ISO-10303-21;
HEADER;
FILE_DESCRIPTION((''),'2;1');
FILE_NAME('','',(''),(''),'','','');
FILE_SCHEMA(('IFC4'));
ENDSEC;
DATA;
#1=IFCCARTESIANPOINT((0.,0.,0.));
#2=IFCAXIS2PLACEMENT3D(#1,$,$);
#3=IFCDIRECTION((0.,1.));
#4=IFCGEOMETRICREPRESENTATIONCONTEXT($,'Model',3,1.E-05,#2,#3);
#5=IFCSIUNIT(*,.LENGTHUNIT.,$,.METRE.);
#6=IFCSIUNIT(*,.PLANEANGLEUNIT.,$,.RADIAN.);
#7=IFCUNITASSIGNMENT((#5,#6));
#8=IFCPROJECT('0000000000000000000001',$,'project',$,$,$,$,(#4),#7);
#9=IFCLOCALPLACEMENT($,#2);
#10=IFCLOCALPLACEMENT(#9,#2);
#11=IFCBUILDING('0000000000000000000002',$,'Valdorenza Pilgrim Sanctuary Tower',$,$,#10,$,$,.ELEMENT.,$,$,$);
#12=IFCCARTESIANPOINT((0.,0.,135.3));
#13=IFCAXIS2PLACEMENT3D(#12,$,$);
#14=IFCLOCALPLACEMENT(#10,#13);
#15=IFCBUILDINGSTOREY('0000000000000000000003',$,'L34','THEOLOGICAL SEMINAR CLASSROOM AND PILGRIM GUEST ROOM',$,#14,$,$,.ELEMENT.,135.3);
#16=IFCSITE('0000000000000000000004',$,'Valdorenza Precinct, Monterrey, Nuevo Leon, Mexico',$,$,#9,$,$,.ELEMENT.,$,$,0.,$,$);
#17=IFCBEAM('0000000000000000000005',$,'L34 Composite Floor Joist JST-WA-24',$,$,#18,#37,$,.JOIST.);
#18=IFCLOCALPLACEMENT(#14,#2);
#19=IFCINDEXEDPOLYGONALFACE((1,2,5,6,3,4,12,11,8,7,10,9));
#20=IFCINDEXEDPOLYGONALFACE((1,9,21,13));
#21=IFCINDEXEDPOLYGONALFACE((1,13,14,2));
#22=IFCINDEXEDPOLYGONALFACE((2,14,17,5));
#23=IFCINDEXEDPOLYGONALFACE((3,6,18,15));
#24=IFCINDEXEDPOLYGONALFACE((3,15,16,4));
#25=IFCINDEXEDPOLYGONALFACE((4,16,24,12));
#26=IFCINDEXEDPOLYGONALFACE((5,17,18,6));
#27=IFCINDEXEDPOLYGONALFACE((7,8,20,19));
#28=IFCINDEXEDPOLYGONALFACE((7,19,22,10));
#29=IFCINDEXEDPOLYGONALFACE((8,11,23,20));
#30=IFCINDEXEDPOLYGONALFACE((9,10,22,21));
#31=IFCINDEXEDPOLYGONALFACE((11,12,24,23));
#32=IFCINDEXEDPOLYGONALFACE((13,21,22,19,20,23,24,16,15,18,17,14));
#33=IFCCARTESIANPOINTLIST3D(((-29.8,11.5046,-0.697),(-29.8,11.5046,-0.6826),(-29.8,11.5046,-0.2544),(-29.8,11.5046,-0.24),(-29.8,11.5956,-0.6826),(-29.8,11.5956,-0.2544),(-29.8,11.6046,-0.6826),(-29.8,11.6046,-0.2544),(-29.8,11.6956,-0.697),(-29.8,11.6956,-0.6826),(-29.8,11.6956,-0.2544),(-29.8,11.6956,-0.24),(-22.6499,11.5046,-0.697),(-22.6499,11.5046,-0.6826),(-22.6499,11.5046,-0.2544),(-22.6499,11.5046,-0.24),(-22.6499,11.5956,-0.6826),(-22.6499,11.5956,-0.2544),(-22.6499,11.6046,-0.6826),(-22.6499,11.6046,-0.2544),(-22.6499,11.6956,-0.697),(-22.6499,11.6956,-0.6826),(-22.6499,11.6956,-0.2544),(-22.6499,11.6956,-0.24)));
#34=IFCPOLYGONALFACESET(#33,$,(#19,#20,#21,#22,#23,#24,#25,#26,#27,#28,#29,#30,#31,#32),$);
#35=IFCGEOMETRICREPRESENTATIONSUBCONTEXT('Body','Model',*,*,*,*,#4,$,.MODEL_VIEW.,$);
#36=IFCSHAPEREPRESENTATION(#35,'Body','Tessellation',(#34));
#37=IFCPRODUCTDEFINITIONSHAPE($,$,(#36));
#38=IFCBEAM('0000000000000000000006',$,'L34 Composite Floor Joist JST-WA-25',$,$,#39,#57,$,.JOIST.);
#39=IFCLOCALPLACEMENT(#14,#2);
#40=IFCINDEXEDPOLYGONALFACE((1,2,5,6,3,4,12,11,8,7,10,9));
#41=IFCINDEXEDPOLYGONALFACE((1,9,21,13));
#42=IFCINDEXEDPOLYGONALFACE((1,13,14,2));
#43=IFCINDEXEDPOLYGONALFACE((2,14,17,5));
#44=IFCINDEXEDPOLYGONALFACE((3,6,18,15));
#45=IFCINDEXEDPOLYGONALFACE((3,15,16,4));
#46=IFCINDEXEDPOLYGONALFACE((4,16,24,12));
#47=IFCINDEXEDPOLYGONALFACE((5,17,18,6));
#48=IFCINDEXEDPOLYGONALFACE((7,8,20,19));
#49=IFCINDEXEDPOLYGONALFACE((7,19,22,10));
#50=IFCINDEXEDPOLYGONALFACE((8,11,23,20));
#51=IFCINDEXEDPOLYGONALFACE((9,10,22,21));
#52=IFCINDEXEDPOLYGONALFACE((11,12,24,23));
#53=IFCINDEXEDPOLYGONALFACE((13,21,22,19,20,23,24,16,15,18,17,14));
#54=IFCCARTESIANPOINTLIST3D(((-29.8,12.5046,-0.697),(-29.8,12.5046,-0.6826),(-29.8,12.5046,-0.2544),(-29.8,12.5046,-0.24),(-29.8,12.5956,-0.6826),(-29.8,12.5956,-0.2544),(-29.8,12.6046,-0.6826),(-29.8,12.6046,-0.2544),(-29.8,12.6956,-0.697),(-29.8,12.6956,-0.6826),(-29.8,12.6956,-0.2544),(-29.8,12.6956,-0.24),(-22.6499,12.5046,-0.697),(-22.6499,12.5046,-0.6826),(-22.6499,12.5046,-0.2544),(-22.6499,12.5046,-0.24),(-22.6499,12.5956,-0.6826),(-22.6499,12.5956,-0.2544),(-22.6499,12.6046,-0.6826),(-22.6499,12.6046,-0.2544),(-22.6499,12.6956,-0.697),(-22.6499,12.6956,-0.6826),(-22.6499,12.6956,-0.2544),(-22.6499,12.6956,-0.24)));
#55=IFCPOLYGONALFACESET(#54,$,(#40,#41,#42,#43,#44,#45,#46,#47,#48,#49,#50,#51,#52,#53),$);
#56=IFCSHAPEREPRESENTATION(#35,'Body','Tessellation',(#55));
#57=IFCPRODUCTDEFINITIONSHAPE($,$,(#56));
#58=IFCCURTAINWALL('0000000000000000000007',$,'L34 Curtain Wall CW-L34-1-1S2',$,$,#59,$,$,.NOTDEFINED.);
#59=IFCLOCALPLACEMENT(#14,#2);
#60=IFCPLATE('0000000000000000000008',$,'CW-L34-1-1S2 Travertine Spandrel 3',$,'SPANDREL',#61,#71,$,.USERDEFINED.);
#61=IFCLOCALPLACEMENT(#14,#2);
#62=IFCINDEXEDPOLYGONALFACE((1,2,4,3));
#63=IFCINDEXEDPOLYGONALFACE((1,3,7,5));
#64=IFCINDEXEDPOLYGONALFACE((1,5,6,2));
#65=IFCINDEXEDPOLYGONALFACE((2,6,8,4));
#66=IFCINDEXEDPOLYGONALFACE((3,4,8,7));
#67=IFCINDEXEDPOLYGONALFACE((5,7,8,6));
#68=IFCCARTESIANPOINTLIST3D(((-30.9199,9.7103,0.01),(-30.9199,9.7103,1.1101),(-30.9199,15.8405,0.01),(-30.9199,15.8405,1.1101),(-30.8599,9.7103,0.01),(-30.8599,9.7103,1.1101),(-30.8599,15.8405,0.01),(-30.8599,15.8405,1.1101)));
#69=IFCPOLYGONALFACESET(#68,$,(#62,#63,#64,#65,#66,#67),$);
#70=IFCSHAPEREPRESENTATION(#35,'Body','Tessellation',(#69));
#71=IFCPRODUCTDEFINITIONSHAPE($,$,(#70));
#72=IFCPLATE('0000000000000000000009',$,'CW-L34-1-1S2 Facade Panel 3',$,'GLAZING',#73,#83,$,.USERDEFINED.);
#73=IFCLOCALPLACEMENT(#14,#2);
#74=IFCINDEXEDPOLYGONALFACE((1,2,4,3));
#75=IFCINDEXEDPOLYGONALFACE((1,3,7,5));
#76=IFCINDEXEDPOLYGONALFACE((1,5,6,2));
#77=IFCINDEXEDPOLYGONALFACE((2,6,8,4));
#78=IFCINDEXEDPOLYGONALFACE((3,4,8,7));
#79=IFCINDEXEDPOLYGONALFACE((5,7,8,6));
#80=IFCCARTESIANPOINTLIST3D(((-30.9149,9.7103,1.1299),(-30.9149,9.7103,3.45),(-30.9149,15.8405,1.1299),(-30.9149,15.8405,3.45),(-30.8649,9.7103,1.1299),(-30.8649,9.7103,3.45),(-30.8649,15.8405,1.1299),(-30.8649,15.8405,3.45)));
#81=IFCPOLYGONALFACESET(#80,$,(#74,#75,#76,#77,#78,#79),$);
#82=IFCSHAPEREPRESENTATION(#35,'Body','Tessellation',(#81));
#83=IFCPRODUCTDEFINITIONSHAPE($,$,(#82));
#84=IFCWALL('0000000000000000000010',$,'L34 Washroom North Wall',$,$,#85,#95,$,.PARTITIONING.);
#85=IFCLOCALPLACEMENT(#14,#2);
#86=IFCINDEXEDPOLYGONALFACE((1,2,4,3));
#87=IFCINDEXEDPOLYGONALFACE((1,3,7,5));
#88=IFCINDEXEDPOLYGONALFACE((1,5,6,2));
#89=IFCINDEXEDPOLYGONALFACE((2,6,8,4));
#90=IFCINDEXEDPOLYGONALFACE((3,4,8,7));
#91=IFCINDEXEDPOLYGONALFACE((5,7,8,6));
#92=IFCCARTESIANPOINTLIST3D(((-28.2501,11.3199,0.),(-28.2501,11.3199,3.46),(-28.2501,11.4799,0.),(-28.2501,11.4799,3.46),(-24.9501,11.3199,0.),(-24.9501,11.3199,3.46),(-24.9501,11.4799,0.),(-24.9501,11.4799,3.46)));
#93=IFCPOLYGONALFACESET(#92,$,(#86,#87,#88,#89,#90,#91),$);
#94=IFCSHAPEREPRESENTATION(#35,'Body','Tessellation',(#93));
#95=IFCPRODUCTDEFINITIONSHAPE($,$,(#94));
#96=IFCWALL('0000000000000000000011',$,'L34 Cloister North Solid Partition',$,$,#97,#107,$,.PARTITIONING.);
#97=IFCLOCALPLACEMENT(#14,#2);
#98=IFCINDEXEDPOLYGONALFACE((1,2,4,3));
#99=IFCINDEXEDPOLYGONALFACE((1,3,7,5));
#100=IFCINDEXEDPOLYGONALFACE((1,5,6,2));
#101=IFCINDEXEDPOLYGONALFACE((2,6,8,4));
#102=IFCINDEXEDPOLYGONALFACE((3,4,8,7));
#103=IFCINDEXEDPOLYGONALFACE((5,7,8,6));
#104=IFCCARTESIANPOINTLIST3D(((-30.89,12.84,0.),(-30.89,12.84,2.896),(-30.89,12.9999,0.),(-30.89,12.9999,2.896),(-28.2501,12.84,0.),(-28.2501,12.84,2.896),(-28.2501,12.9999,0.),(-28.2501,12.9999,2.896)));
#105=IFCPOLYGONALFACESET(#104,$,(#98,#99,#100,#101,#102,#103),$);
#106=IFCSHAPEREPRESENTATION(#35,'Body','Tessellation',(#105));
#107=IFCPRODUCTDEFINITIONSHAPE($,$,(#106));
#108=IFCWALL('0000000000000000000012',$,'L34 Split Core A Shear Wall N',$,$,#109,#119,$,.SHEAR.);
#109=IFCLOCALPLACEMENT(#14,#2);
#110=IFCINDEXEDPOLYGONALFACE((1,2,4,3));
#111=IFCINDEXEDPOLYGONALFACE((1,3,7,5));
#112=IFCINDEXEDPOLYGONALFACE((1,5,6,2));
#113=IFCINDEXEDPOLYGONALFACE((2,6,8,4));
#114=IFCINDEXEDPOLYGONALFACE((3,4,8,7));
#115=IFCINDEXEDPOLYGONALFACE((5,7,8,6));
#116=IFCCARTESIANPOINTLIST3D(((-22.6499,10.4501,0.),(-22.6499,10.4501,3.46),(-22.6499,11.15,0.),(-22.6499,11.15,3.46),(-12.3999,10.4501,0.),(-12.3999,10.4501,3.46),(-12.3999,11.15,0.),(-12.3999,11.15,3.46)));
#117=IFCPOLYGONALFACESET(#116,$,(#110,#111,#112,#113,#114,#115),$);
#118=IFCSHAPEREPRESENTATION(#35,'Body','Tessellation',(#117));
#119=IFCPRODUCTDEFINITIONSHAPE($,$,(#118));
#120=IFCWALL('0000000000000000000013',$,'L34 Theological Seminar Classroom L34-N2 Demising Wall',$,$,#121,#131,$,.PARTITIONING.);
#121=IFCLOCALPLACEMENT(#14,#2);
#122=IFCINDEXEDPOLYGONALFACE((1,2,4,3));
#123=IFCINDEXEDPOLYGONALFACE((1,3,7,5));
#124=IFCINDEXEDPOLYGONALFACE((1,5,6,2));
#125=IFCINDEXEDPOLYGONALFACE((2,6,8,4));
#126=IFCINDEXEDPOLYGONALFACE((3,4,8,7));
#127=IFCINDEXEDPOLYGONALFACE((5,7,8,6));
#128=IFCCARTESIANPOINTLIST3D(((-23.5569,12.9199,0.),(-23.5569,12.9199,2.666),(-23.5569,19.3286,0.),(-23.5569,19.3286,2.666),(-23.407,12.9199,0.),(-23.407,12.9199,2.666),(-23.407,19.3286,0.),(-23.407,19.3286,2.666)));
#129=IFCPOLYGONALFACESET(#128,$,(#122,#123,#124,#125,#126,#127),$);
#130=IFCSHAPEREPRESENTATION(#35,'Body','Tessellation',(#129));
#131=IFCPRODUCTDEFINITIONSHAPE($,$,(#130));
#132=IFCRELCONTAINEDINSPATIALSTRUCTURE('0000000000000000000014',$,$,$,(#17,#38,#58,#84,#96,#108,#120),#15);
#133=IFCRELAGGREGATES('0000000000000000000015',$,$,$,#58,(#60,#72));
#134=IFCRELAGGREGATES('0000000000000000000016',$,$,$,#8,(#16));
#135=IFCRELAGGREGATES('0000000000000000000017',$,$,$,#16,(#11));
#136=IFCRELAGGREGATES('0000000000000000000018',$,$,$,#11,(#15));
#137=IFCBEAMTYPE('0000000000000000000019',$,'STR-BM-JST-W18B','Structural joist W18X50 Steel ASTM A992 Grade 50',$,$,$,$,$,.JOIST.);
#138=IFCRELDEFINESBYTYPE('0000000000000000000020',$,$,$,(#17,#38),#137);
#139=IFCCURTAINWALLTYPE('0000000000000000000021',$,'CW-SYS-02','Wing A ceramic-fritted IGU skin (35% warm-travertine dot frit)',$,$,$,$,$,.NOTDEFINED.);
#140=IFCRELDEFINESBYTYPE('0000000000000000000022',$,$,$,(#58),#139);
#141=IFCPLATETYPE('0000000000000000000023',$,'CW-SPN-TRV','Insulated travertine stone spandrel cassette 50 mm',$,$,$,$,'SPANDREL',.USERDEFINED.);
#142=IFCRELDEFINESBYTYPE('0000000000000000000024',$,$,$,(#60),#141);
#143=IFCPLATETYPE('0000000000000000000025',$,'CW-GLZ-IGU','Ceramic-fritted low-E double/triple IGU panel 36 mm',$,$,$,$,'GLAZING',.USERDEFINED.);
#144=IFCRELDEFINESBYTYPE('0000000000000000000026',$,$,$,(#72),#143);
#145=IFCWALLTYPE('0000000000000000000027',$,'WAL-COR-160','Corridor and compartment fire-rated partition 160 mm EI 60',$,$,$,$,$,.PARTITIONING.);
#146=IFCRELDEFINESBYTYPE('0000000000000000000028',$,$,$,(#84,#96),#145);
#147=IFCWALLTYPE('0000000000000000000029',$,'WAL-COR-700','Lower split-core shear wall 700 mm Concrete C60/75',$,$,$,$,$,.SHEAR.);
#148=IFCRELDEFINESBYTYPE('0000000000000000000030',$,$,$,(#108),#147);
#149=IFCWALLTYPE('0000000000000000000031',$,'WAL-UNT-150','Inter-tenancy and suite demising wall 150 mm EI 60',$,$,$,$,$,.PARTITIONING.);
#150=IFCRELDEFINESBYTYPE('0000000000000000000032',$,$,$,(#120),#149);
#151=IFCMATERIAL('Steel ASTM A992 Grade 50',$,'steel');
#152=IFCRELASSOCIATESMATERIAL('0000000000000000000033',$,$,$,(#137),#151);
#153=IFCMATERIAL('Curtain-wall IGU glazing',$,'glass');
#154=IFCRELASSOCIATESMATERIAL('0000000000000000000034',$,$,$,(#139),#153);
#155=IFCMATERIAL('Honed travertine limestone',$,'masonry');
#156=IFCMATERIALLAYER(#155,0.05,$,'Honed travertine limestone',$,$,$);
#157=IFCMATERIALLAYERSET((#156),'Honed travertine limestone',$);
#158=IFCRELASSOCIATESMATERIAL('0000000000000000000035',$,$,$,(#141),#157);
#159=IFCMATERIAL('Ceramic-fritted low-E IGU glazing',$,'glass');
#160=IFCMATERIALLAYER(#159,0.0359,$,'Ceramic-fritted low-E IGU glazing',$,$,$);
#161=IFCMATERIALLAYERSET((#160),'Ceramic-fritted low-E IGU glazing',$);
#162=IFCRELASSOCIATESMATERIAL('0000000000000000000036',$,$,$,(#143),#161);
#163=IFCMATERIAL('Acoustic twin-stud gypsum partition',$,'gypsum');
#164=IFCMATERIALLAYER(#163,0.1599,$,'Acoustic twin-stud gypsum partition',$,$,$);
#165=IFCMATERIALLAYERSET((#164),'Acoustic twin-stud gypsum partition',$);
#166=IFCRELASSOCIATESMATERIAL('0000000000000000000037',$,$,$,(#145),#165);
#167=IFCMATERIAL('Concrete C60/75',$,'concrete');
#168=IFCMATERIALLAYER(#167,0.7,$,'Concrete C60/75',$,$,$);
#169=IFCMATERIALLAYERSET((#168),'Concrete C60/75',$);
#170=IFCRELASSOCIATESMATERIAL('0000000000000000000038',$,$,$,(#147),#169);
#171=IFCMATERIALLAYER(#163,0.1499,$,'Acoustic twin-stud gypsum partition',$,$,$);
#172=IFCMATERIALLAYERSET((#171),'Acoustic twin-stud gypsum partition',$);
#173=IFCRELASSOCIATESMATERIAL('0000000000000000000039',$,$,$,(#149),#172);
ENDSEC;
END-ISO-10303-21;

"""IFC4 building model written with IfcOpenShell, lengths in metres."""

from ifc_helpers import new_model, si_unit, direction, frame, frame_2d, origin, origin_2d, place, context, subcontext, project, spatial, rectangle, i_section, extrude, source, transform, mapped, material, layer, layer_set, material_profile, profile_set, type_object, element, aggregate, save


model = new_model("IFC4")

# Units and contexts
model_context = context("Model", 3, precision=1e-05, world=origin(), true_north=direction((0.0, 1.0)))
body_context = subcontext(model_context, "Body", "Model", "MODEL_VIEW")
ifc_project = project(units=[si_unit("LENGTHUNIT", "METRE"), si_unit("PLANEANGLEUNIT", "RADIAN")], contexts=[model_context])

# Site, building, storey
site_placement = place(None, origin())
site = spatial("IfcSite", under=ifc_project, at=site_placement, Name="Valdorenza Precinct, Monterrey, Nuevo Leon, Mexico", CompositionType="ELEMENT", RefElevation=0.0)
building_placement = place(site_placement, origin())
building = spatial("IfcBuilding", under=site, at=building_placement, Name="Valdorenza Pilgrim Sanctuary Tower", CompositionType="ELEMENT")
storey_placement = place(building_placement, frame((0.0, 0.0, 135.3)))
storey = spatial("IfcBuildingStorey", under=building, at=storey_placement, Name="L34", Description="THEOLOGICAL SEMINAR CLASSROOM AND PILGRIM GUEST ROOM", CompositionType="ELEMENT", Elevation=135.3)

# Shared definitions
ifc_material_1 = material(Name="Concrete C60/75", Category="concrete")

# Beams
ifc_material_2 = material(Name="Steel ASTM A992 Grade 50", Category="steel")
ifc_material_profile_1 = material_profile(ifc_material_2, i_section(OverallWidth=0.1909, OverallDepth=0.457, WebThickness=0.009, FlangeThickness=0.0144, at=origin_2d()), Name="W18X50")
ifc_profile_set_1 = profile_set([ifc_material_profile_1], Name="Steel ASTM A992 Grade 50")
beam_type_1 = type_object("IfcBeamType", Name="STR-BM-JST-W18B", Description="Structural joist W18X50 Steel ASTM A992 Grade 50", PredefinedType="JOIST", material=ifc_profile_set_1)
shared_shape_1 = source(origin(), body_context, "Body", "SweptSolid", [
    extrude(i_section(OverallWidth=0.1909, OverallDepth=0.457, WebThickness=0.009, FlangeThickness=0.0144, at=origin_2d()), origin(), (0.0, 0.0, 1.0), 7.1501),
])
for number, where, z_axis, x_axis, name in (
    (1, (-29.8, 11.6001, -0.4685), (1.0, 0.0, 0.0), (0.0, 1.0, 0.0), "L34 Composite Floor Joist JST-WA-24"),
    (2, (-29.8, 12.6001, -0.4685), (1.0, 0.0, 0.0), (0.0, 1.0, 0.0), "L34 Composite Floor Joist JST-WA-25"),
):
    element("IfcBeam", number, at=place(storey_placement, frame(where, z_axis=z_axis, x_axis=x_axis)), inside=storey, type_object=beam_type_1, Name=name, PredefinedType="JOIST", context=body_context, shape_type="MappedRepresentation", body=[
        mapped(shared_shape_1, transform((0.0, 0.0, 0.0), x_axis=(1.0, 0.0, 0.0), y_axis=(0.0, 1.0, 0.0), z_axis=(0.0, 0.0, 1.0), scale=1.0)),
    ])

# Curtain wall, plates
ifc_material_3 = material(Name="Curtain-wall IGU glazing", Category="glass")
curtain_wall_type = type_object("IfcCurtainWallType", Name="CW-SYS-02", Description="Wing A ceramic-fritted IGU skin (35% warm-travertine dot frit)", PredefinedType="NOTDEFINED", material=ifc_material_3)
curtain_wall_placement = place(storey_placement, origin())
curtain_wall = element("IfcCurtainWall", 3, at=curtain_wall_placement, inside=storey, type_object=curtain_wall_type, Name="L34 Curtain Wall CW-L34-1-1S2", PredefinedType="NOTDEFINED")
ifc_material_4 = material(Name="Honed travertine limestone", Category="masonry")
ifc_layer_1 = layer(ifc_material_4, 0.05, Name="Honed travertine limestone")
ifc_layer_set_1 = layer_set([ifc_layer_1], Name="Honed travertine limestone")
plate_type_1 = type_object("IfcPlateType", Name="CW-SPN-TRV", Description="Insulated travertine stone spandrel cassette 50 mm", ElementType="SPANDREL", PredefinedType="USERDEFINED", material=ifc_layer_set_1)
shared_shape_2 = source(origin(), body_context, "Body", "SweptSolid", [
    extrude(rectangle(XDim=6.1301, YDim=0.0601, at=origin_2d()), origin(), (0.0, 0.0, 1.0), 1.1001),
])
plate_1_placement = place(storey_placement, frame((-30.8899, 12.7754, 0.01), z_axis=(0.0, 0.0, 1.0), x_axis=(0.0, 1.0, 0.0)))
plate_1 = element("IfcPlate", 4, at=plate_1_placement, type_object=plate_type_1, Name="CW-L34-1-1S2 Travertine Spandrel 3", ObjectType="SPANDREL", PredefinedType="USERDEFINED", context=body_context, shape_type="MappedRepresentation", body=[
    mapped(shared_shape_2, transform((0.0, 0.0, 0.0), x_axis=(1.0, 0.0, 0.0), y_axis=(0.0, 1.0, 0.0), z_axis=(0.0, 0.0, 1.0), scale=1.0)),
])
ifc_material_5 = material(Name="Ceramic-fritted low-E IGU glazing", Category="glass")
ifc_layer_2 = layer(ifc_material_5, 0.0359, Name="Ceramic-fritted low-E IGU glazing")
ifc_layer_set_2 = layer_set([ifc_layer_2], Name="Ceramic-fritted low-E IGU glazing")
plate_type_2 = type_object("IfcPlateType", Name="CW-GLZ-IGU", Description="Ceramic-fritted low-E double/triple IGU panel 36 mm", ElementType="GLAZING", PredefinedType="USERDEFINED", material=ifc_layer_set_2)
shared_shape_3 = source(origin(), body_context, "Body", "SweptSolid", [
    extrude(rectangle(XDim=6.1301, YDim=0.05, at=origin_2d()), origin(), (0.0, 0.0, 1.0), 2.3201),
])
plate_2_placement = place(storey_placement, frame((-30.8899, 12.7754, 1.1299), z_axis=(0.0, 0.0, 1.0), x_axis=(0.0, 1.0, 0.0)))
plate_2 = element("IfcPlate", 5, at=plate_2_placement, type_object=plate_type_2, Name="CW-L34-1-1S2 Facade Panel 3", ObjectType="GLAZING", PredefinedType="USERDEFINED", context=body_context, shape_type="MappedRepresentation", body=[
    mapped(shared_shape_3, transform((0.0, 0.0, 0.0), x_axis=(1.0, 0.0, 0.0), y_axis=(0.0, 1.0, 0.0), z_axis=(0.0, 0.0, 1.0), scale=1.0)),
])
aggregate(curtain_wall, [plate_1, plate_2])

# Walls
ifc_material_6 = material(Name="Acoustic twin-stud gypsum partition", Category="gypsum")
ifc_layer_3 = layer(ifc_material_6, 0.1599, Name="Acoustic twin-stud gypsum partition")
ifc_layer_set_3 = layer_set([ifc_layer_3], Name="Acoustic twin-stud gypsum partition")
wall_type_1 = type_object("IfcWallType", Name="WAL-COR-160", Description="Corridor and compartment fire-rated partition 160 mm EI 60", PredefinedType="PARTITIONING", material=ifc_layer_set_3)
wall_1_placement = place(storey_placement, frame((-28.25, 11.3999, 0.0), z_axis=(0.0, 0.0, 1.0), x_axis=(1.0, 0.0, 0.0)))
element("IfcWall", 6, at=wall_1_placement, inside=storey, type_object=wall_type_1, Name="L34 Washroom North Wall", PredefinedType="PARTITIONING", context=body_context, shape_type="SweptSolid", body=[
    extrude(rectangle(XDim=3.3, YDim=0.1599, at=frame_2d((1.6499, 0.0))), origin(), (0.0, 0.0, 1.0), 3.46),
])
wall_2_placement = place(storey_placement, frame((-30.8899, 12.9199, 0.0), z_axis=(0.0, 0.0, 1.0), x_axis=(1.0, 0.0, 0.0)))
element("IfcWall", 7, at=wall_2_placement, inside=storey, type_object=wall_type_1, Name="L34 Cloister North Solid Partition", PredefinedType="PARTITIONING", context=body_context, shape_type="SweptSolid", body=[
    extrude(rectangle(XDim=2.6399, YDim=0.1599, at=frame_2d((1.3198, 0.0))), origin(), (0.0, 0.0, 1.0), 2.896),
])

# Walls
ifc_layer_4 = layer(ifc_material_1, 0.7, Name="Concrete C60/75")
ifc_layer_set_4 = layer_set([ifc_layer_4], Name="Concrete C60/75")
wall_type_2 = type_object("IfcWallType", Name="WAL-COR-700", Description="Lower split-core shear wall 700 mm Concrete C60/75", PredefinedType="SHEAR", material=ifc_layer_set_4)
wall_3_placement = place(storey_placement, frame((-22.6499, 10.8, 0.0), z_axis=(0.0, 0.0, 1.0), x_axis=(1.0, 0.0, 0.0)))
element("IfcWall", 8, at=wall_3_placement, inside=storey, type_object=wall_type_2, Name="L34 Split Core A Shear Wall N", PredefinedType="SHEAR", context=body_context, shape_type="SweptSolid", body=[
    extrude(rectangle(XDim=10.25, YDim=0.7, at=frame_2d((5.125, 0.0))), origin(), (0.0, 0.0, 1.0), 3.46),
])
ifc_layer_5 = layer(ifc_material_6, 0.1499, Name="Acoustic twin-stud gypsum partition")
ifc_layer_set_5 = layer_set([ifc_layer_5], Name="Acoustic twin-stud gypsum partition")
wall_type_3 = type_object("IfcWallType", Name="WAL-UNT-150", Description="Inter-tenancy and suite demising wall 150 mm EI 60", PredefinedType="PARTITIONING", material=ifc_layer_set_5)
wall_4_placement = place(storey_placement, frame((-23.4819, 12.9199, 0.0), z_axis=(0.0, 0.0, 1.0), x_axis=(0.0, 1.0, 0.0)))
element("IfcWall", 9, at=wall_4_placement, inside=storey, type_object=wall_type_3, Name="L34 Theological Seminar Classroom L34-N2 Demising Wall", PredefinedType="PARTITIONING", context=body_context, shape_type="SweptSolid", body=[
    extrude(rectangle(XDim=6.4087, YDim=0.1499, at=frame_2d((3.2043, 0.0))), origin(), (0.0, 0.0, 1.0), 2.666),
])

save(model, "model.ifc")
